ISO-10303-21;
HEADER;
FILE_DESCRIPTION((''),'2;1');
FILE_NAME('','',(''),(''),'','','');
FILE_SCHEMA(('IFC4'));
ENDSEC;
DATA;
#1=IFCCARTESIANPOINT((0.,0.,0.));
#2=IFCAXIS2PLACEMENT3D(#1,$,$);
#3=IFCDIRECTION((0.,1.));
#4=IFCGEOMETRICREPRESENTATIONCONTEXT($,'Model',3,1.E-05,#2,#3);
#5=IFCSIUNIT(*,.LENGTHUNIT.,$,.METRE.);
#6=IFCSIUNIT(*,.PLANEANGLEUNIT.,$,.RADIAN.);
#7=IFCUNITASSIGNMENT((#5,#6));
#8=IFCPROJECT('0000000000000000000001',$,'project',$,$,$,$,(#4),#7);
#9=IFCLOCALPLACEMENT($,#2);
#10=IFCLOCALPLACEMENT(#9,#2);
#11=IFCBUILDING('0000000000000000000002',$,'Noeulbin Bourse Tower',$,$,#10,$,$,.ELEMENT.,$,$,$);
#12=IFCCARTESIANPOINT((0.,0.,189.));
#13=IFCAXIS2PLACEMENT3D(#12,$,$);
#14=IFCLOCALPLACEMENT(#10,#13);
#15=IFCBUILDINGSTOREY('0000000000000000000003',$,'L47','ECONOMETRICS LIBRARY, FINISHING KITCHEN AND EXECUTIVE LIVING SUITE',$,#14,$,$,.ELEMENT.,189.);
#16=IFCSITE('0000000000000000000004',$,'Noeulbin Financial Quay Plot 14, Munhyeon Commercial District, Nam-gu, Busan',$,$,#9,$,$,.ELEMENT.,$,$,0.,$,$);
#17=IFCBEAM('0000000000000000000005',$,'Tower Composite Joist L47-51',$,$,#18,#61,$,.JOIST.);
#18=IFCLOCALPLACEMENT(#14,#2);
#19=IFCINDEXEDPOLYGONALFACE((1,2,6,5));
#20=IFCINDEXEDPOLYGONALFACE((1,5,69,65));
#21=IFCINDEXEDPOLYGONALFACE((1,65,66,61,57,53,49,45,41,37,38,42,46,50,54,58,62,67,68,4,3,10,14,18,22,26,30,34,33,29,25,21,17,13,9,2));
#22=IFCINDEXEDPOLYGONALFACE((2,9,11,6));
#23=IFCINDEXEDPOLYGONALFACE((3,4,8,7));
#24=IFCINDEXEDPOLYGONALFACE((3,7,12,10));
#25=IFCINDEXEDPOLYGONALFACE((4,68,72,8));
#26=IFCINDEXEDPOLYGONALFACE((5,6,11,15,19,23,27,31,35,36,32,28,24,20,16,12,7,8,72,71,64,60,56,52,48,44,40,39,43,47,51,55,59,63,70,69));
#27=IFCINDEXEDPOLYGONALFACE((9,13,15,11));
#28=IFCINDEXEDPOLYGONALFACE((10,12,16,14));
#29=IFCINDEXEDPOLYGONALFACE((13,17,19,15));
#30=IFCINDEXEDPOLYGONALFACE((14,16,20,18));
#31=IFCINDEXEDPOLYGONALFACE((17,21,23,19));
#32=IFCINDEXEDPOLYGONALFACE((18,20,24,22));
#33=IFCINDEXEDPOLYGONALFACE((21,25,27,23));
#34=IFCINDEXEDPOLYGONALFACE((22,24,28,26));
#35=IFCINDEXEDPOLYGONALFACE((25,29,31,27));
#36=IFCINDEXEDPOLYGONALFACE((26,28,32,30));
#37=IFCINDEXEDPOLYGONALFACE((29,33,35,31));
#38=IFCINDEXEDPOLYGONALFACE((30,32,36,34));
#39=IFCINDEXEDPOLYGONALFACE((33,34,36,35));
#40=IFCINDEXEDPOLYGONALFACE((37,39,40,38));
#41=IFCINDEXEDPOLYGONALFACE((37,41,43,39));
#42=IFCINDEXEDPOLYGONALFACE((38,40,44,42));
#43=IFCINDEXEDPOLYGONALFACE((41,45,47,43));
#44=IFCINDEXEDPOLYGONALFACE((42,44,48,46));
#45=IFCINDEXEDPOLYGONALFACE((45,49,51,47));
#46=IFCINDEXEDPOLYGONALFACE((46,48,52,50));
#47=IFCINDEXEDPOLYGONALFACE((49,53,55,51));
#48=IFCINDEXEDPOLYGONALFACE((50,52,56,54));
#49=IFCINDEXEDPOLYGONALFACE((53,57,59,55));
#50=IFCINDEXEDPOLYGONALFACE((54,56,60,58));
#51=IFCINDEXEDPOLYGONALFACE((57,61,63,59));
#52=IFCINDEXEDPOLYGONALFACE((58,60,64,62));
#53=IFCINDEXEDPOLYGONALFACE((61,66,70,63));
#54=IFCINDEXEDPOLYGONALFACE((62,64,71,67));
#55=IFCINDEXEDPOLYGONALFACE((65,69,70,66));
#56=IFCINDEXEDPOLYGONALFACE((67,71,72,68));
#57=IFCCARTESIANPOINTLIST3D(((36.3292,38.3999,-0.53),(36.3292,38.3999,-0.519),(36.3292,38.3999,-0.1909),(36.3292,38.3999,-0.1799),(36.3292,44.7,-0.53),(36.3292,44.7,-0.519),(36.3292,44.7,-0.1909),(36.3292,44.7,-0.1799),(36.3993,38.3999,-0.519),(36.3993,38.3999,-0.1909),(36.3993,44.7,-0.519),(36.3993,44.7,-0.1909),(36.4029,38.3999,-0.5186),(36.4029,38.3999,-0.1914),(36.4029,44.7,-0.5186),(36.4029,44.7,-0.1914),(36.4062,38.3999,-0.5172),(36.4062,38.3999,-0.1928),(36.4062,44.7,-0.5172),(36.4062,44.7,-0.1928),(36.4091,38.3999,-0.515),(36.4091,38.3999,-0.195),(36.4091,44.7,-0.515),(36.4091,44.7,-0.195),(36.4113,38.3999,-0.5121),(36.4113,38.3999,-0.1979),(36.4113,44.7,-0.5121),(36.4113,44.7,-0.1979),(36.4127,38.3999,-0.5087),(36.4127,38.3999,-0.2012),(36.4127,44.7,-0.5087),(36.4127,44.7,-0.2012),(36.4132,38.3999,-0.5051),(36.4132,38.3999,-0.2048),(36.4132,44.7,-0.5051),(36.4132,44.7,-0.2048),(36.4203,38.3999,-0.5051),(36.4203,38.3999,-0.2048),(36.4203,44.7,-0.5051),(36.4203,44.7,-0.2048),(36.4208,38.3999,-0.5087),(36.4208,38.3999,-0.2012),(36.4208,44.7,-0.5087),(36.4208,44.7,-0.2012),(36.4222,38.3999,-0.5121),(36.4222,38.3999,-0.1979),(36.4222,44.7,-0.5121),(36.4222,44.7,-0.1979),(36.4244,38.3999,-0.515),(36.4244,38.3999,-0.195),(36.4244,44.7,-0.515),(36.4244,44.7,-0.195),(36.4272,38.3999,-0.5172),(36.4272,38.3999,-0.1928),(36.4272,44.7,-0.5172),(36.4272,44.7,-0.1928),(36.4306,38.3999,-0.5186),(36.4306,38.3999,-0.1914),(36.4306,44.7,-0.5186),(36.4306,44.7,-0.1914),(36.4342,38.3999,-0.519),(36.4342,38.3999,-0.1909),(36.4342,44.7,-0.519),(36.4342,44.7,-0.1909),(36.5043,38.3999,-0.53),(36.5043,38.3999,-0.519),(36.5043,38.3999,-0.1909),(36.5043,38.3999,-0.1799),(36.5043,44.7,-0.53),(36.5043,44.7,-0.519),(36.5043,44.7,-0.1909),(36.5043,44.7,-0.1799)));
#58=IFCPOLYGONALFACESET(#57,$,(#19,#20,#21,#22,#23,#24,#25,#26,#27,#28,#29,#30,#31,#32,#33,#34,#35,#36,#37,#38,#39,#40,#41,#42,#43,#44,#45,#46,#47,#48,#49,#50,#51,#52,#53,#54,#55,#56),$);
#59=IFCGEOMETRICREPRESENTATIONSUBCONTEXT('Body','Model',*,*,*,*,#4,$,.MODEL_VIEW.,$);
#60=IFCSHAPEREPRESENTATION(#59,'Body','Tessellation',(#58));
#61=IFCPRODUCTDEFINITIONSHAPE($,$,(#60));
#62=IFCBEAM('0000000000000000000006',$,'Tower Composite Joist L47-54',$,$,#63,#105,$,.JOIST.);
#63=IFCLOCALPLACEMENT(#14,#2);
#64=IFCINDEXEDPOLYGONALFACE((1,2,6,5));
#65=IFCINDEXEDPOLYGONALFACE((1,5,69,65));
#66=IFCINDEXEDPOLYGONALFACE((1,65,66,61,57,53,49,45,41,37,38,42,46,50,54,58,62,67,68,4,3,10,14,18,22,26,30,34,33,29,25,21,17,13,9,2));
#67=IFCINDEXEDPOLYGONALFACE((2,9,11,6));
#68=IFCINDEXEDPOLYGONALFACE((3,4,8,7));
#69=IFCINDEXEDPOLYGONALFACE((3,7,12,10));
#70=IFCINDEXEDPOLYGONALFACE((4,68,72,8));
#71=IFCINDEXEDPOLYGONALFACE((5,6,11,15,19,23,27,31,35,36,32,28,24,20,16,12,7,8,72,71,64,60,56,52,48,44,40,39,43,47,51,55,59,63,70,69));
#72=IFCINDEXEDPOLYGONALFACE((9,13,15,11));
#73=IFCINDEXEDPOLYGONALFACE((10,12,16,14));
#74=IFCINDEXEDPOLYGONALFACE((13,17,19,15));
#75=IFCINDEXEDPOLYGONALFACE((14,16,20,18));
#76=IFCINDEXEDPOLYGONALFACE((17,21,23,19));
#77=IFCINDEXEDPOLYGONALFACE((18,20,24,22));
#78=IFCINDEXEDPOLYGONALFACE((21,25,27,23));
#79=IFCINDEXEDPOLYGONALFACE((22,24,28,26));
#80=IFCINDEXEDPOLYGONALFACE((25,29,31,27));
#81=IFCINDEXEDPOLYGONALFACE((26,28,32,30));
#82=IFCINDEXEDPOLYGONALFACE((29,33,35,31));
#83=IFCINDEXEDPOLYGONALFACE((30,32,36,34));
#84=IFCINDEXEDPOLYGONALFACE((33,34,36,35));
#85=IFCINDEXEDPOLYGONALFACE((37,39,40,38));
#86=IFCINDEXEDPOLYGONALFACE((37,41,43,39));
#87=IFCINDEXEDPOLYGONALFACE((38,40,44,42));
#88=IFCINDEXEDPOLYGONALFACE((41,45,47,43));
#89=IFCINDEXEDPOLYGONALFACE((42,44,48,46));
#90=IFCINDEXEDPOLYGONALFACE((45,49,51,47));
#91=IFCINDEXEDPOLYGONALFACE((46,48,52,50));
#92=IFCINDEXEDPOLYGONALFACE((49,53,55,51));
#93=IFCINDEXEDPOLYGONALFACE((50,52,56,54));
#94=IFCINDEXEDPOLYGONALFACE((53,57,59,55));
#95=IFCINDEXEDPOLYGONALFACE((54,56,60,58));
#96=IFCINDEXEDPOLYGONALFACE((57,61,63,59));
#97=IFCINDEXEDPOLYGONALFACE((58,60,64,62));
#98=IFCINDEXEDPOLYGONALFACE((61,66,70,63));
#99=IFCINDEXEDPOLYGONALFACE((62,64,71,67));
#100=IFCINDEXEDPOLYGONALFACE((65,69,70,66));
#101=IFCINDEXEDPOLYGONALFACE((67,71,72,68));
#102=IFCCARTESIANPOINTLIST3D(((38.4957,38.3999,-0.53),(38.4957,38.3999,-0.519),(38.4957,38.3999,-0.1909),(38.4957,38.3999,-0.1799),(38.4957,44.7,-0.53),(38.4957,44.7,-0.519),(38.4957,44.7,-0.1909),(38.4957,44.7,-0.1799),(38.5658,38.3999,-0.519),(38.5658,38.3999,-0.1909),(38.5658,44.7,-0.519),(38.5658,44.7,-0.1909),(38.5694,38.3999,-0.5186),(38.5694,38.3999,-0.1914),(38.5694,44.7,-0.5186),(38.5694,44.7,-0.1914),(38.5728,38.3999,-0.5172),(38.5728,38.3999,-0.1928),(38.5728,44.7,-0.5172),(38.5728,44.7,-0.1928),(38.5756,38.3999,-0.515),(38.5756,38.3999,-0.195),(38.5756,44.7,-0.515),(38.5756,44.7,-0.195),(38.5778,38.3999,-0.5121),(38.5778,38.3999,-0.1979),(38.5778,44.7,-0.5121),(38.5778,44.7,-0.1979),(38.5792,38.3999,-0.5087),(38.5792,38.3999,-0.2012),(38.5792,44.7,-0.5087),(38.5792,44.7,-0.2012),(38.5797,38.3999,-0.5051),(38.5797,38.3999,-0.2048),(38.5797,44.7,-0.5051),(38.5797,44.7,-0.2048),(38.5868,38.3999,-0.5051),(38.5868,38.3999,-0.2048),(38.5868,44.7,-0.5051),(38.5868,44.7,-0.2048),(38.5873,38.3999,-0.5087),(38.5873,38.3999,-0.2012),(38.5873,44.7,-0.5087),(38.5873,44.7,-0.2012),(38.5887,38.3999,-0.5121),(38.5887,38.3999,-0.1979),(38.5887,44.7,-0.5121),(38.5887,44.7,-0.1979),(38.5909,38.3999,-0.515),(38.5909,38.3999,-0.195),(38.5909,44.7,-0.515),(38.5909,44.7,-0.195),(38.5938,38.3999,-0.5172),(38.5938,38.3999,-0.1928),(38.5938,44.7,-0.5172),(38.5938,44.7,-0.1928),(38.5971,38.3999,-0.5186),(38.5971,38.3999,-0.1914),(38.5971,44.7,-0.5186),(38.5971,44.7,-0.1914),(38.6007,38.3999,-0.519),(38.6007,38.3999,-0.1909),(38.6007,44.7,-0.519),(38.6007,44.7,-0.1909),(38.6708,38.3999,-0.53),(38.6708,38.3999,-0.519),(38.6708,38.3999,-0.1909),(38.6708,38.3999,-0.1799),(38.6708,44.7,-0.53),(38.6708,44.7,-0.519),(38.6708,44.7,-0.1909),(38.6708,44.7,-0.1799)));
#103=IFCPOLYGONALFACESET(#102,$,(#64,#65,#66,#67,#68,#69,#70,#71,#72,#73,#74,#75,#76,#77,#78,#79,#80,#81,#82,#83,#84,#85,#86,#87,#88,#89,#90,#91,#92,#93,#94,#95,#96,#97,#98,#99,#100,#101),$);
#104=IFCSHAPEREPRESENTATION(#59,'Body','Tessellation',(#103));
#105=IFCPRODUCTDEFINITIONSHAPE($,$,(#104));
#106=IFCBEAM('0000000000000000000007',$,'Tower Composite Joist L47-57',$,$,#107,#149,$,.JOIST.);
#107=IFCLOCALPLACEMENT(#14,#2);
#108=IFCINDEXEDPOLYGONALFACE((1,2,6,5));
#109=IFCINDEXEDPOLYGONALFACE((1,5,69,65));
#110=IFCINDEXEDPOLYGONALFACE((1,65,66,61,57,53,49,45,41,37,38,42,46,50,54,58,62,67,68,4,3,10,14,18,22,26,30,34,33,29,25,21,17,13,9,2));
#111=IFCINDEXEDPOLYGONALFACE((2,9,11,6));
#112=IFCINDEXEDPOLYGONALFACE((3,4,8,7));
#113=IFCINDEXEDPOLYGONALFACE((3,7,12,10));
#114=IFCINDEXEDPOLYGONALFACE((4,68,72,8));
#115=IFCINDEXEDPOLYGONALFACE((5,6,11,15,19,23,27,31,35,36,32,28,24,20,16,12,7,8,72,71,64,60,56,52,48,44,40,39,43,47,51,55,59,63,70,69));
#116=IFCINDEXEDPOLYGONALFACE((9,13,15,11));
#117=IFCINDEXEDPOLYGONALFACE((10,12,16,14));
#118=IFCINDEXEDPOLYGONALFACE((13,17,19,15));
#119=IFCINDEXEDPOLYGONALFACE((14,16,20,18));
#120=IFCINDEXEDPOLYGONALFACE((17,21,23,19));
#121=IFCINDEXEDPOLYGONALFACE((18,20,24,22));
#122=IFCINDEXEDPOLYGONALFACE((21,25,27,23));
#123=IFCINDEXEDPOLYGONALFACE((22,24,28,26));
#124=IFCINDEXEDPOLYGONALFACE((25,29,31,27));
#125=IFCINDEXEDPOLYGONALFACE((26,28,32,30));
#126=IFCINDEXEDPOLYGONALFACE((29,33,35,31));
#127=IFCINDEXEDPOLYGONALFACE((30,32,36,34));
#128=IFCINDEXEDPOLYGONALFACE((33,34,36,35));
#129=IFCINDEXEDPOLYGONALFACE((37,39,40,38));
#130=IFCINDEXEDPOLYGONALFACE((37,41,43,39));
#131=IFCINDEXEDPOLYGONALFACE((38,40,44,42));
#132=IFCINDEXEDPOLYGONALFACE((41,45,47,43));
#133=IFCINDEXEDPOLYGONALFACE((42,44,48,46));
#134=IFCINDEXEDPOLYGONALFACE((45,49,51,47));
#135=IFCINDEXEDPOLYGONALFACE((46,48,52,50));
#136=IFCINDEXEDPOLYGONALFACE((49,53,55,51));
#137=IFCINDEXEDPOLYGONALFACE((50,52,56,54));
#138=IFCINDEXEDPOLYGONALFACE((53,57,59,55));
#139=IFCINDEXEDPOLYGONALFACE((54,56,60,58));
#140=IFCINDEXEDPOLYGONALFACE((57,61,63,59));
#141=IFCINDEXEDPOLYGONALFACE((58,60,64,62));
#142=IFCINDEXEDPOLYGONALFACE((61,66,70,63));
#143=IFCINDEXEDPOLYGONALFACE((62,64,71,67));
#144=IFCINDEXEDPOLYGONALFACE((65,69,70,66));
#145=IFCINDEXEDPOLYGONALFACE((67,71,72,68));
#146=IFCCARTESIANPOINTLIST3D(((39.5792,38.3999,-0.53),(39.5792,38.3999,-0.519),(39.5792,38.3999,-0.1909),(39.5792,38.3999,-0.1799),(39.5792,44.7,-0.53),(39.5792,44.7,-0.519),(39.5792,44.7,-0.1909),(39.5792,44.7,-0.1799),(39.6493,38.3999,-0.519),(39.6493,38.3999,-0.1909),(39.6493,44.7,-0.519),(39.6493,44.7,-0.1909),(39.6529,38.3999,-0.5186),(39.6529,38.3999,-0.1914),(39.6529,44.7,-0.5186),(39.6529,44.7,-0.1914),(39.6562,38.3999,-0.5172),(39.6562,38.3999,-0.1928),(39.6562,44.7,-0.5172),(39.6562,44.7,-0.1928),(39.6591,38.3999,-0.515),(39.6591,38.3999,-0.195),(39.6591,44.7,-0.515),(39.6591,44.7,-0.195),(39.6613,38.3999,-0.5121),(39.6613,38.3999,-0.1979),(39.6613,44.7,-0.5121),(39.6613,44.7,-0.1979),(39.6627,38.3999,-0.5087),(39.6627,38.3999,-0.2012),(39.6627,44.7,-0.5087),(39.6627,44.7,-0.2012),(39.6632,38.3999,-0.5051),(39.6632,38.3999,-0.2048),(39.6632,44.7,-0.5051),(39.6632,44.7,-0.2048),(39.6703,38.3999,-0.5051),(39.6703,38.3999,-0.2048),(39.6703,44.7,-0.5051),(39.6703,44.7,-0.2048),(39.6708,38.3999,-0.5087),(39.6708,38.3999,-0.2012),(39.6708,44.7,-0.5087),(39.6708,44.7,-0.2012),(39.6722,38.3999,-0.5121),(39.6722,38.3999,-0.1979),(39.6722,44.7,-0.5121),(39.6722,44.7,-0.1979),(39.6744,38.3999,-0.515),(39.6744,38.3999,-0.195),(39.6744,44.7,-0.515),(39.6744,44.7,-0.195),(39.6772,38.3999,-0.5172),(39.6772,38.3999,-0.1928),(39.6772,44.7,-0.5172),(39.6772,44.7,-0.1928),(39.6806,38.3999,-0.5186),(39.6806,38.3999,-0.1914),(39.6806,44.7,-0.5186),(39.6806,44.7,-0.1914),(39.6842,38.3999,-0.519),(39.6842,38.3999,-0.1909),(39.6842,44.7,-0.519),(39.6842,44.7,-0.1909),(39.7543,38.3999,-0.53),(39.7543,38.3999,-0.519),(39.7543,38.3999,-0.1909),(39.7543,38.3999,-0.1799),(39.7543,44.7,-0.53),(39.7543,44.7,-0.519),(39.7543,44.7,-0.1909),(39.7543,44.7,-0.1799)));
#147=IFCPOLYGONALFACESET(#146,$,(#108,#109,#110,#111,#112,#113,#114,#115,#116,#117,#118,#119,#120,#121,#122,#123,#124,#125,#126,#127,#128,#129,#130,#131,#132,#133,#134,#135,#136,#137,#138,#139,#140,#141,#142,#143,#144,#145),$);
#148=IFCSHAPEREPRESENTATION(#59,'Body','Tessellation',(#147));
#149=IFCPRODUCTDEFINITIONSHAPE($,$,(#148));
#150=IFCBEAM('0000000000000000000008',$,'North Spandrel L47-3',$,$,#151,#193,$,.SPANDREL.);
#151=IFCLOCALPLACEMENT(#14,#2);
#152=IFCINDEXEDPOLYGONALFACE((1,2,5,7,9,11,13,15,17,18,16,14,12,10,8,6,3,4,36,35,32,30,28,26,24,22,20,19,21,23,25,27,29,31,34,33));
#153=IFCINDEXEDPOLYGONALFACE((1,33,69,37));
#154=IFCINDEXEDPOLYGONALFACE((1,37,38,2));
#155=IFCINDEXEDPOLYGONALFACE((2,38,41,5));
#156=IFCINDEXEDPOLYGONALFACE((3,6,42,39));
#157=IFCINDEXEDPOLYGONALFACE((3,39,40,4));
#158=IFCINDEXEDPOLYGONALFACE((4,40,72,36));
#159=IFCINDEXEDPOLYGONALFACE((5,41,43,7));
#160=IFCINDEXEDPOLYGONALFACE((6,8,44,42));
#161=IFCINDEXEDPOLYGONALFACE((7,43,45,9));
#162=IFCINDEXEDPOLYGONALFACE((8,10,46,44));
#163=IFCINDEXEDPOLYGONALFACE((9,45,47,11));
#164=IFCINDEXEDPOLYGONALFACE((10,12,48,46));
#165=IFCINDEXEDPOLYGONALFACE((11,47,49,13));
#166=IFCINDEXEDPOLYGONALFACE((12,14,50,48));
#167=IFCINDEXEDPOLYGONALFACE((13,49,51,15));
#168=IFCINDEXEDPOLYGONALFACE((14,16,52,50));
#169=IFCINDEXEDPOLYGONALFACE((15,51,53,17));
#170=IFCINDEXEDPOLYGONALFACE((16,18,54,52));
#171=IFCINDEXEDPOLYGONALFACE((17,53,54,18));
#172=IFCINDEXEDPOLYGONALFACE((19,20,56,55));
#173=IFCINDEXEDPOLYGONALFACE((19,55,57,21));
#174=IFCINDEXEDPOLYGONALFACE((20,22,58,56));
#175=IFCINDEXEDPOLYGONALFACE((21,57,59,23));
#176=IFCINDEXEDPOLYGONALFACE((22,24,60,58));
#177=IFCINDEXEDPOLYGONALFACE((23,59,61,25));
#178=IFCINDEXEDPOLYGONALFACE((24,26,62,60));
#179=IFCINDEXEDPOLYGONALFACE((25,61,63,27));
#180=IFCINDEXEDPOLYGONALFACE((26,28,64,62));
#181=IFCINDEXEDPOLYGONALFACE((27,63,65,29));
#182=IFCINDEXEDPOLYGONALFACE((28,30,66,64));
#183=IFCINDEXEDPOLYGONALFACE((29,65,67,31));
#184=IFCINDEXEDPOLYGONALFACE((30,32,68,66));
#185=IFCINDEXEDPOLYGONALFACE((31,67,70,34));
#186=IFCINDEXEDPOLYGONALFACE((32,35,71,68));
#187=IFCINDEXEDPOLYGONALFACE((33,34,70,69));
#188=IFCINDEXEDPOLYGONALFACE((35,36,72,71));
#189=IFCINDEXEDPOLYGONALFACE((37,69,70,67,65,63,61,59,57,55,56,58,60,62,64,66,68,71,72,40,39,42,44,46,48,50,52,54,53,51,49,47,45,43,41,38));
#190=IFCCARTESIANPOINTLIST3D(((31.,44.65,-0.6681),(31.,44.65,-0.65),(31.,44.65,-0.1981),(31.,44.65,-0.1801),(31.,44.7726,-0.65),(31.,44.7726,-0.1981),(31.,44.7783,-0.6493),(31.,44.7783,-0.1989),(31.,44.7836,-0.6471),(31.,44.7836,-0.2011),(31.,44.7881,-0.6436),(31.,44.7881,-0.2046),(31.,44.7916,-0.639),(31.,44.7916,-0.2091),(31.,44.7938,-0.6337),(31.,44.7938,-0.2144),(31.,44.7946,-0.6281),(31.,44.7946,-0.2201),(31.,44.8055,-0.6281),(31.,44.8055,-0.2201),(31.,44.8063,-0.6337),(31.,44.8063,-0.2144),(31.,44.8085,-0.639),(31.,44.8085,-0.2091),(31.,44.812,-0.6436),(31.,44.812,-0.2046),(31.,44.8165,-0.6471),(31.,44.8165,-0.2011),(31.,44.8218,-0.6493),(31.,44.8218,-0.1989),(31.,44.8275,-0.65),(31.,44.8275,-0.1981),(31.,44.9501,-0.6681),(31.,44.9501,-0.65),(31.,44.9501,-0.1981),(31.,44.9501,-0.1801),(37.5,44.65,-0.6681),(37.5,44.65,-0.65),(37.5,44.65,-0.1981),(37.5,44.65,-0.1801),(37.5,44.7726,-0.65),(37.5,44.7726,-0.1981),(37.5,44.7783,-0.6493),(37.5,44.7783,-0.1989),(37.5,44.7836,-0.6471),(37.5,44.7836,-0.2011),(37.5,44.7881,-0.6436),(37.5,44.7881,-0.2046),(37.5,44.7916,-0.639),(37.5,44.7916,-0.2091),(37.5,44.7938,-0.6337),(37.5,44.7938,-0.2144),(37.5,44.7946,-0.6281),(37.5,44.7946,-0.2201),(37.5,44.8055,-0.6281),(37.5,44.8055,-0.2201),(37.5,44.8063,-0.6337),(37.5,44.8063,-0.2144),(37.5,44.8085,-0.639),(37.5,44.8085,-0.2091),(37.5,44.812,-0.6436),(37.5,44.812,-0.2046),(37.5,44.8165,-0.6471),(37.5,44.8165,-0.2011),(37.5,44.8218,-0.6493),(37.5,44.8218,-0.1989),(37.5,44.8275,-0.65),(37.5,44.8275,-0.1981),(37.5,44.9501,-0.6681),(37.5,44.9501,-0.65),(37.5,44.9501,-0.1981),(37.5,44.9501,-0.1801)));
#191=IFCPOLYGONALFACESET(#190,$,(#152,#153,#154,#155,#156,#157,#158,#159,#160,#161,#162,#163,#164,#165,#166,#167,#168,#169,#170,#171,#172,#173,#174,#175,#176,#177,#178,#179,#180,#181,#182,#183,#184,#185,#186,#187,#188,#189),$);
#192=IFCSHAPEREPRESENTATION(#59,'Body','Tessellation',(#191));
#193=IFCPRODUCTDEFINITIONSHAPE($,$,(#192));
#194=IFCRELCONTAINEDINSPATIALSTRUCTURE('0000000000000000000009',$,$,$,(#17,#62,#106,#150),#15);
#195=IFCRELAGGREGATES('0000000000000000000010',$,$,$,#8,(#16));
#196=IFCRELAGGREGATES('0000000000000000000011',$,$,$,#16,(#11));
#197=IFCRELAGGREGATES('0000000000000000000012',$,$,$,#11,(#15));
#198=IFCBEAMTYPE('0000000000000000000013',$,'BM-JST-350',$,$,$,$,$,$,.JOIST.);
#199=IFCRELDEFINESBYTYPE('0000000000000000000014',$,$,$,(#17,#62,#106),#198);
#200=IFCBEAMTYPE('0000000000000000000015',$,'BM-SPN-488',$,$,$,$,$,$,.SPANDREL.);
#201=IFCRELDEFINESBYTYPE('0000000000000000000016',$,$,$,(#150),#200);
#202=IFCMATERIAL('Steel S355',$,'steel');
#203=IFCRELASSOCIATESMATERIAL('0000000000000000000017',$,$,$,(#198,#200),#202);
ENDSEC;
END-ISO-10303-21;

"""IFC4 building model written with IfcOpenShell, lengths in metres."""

from ifc_helpers import new_model, si_unit, direction, frame, origin, origin_2d, place, context, subcontext, project, spatial, i_section, extrude, material, material_profile, profile_set, type_object, element, save


model = new_model("IFC4")

# Units and contexts
model_context = context("Model", 3, precision=1e-05, world=origin(), true_north=direction((0.0, 1.0)))
body_context = subcontext(model_context, "Body", "Model", "MODEL_VIEW")
ifc_project = project(units=[si_unit("LENGTHUNIT", "METRE"), si_unit("PLANEANGLEUNIT", "RADIAN")], contexts=[model_context])

# Site, building, storey
site_placement = place(None, origin())
site = spatial("IfcSite", under=ifc_project, at=site_placement, Name="Noeulbin Financial Quay Plot 14, Munhyeon Commercial District, Nam-gu, Busan", CompositionType="ELEMENT", RefElevation=0.0)
building_placement = place(site_placement, origin())
building = spatial("IfcBuilding", under=site, at=building_placement, Name="Noeulbin Bourse Tower", CompositionType="ELEMENT")
storey_placement = place(building_placement, frame((0.0, 0.0, 189.0)))
storey = spatial("IfcBuildingStorey", under=building, at=storey_placement, Name="L47", Description="ECONOMETRICS LIBRARY, FINISHING KITCHEN AND EXECUTIVE LIVING SUITE", CompositionType="ELEMENT", Elevation=189.0)

# Shared definitions
ifc_material_1 = material(Name="Steel S355", Category="steel")

# Beams
ifc_material_profile_1 = material_profile(ifc_material_1, i_section(OverallWidth=0.175, OverallDepth=0.3501, WebThickness=0.0071, FlangeThickness=0.011, FilletRadius=0.0139, at=origin_2d()), Name="H-350x175x7x11", Category="LoadBearing")
ifc_profile_set_1 = profile_set([ifc_material_profile_1], Name="Steel S355")
beam_type_1 = type_object("IfcBeamType", Name="BM-JST-350", PredefinedType="JOIST", material=ifc_profile_set_1)
for number, where, z_axis, x_axis, name in (
    (1, (36.4167, 38.3999, -0.355), (0.0, 1.0, 0.0), (-1.0, 0.0, 0.0), "Tower Composite Joist L47-51"),
    (2, (38.5833, 38.3999, -0.355), (0.0, 1.0, 0.0), (-1.0, 0.0, 0.0), "Tower Composite Joist L47-54"),
    (3, (39.6667, 38.3999, -0.355), (0.0, 1.0, 0.0), (-1.0, 0.0, 0.0), "Tower Composite Joist L47-57"),
):
    element("IfcBeam", number, at=place(storey_placement, frame(where, z_axis=z_axis, x_axis=x_axis)), inside=storey, type_object=beam_type_1, Name=name, PredefinedType="JOIST", context=body_context, shape_type="SweptSolid", body=[
        extrude(i_section(OverallWidth=0.175, OverallDepth=0.3501, WebThickness=0.0071, FlangeThickness=0.011, FilletRadius=0.0139, at=origin_2d()), origin(), (0.0, 0.0, 1.0), 6.3),
    ])
ifc_material_profile_2 = material_profile(ifc_material_1, i_section(OverallWidth=0.3, OverallDepth=0.488, WebThickness=0.011, FlangeThickness=0.0181, FilletRadius=0.022, at=origin_2d()), Name="H-488x300x11x18", Category="LoadBearing")
ifc_profile_set_2 = profile_set([ifc_material_profile_2], Name="Steel S355")
beam_type_2 = type_object("IfcBeamType", Name="BM-SPN-488", PredefinedType="SPANDREL", material=ifc_profile_set_2)
for number, where, z_axis, x_axis, name in (
    (4, (31.0, 44.8, -0.4241), (1.0, 0.0, 0.0), (0.0, 1.0, 0.0), "North Spandrel L47-3"),
):
    element("IfcBeam", number, at=place(storey_placement, frame(where, z_axis=z_axis, x_axis=x_axis)), inside=storey, type_object=beam_type_2, Name=name, PredefinedType="SPANDREL", context=body_context, shape_type="SweptSolid", body=[
        extrude(i_section(OverallWidth=0.3, OverallDepth=0.488, WebThickness=0.011, FlangeThickness=0.0181, FilletRadius=0.022, at=origin_2d()), origin(), (0.0, 0.0, 1.0), 6.5),
    ])

save(model, "model.ifc")
